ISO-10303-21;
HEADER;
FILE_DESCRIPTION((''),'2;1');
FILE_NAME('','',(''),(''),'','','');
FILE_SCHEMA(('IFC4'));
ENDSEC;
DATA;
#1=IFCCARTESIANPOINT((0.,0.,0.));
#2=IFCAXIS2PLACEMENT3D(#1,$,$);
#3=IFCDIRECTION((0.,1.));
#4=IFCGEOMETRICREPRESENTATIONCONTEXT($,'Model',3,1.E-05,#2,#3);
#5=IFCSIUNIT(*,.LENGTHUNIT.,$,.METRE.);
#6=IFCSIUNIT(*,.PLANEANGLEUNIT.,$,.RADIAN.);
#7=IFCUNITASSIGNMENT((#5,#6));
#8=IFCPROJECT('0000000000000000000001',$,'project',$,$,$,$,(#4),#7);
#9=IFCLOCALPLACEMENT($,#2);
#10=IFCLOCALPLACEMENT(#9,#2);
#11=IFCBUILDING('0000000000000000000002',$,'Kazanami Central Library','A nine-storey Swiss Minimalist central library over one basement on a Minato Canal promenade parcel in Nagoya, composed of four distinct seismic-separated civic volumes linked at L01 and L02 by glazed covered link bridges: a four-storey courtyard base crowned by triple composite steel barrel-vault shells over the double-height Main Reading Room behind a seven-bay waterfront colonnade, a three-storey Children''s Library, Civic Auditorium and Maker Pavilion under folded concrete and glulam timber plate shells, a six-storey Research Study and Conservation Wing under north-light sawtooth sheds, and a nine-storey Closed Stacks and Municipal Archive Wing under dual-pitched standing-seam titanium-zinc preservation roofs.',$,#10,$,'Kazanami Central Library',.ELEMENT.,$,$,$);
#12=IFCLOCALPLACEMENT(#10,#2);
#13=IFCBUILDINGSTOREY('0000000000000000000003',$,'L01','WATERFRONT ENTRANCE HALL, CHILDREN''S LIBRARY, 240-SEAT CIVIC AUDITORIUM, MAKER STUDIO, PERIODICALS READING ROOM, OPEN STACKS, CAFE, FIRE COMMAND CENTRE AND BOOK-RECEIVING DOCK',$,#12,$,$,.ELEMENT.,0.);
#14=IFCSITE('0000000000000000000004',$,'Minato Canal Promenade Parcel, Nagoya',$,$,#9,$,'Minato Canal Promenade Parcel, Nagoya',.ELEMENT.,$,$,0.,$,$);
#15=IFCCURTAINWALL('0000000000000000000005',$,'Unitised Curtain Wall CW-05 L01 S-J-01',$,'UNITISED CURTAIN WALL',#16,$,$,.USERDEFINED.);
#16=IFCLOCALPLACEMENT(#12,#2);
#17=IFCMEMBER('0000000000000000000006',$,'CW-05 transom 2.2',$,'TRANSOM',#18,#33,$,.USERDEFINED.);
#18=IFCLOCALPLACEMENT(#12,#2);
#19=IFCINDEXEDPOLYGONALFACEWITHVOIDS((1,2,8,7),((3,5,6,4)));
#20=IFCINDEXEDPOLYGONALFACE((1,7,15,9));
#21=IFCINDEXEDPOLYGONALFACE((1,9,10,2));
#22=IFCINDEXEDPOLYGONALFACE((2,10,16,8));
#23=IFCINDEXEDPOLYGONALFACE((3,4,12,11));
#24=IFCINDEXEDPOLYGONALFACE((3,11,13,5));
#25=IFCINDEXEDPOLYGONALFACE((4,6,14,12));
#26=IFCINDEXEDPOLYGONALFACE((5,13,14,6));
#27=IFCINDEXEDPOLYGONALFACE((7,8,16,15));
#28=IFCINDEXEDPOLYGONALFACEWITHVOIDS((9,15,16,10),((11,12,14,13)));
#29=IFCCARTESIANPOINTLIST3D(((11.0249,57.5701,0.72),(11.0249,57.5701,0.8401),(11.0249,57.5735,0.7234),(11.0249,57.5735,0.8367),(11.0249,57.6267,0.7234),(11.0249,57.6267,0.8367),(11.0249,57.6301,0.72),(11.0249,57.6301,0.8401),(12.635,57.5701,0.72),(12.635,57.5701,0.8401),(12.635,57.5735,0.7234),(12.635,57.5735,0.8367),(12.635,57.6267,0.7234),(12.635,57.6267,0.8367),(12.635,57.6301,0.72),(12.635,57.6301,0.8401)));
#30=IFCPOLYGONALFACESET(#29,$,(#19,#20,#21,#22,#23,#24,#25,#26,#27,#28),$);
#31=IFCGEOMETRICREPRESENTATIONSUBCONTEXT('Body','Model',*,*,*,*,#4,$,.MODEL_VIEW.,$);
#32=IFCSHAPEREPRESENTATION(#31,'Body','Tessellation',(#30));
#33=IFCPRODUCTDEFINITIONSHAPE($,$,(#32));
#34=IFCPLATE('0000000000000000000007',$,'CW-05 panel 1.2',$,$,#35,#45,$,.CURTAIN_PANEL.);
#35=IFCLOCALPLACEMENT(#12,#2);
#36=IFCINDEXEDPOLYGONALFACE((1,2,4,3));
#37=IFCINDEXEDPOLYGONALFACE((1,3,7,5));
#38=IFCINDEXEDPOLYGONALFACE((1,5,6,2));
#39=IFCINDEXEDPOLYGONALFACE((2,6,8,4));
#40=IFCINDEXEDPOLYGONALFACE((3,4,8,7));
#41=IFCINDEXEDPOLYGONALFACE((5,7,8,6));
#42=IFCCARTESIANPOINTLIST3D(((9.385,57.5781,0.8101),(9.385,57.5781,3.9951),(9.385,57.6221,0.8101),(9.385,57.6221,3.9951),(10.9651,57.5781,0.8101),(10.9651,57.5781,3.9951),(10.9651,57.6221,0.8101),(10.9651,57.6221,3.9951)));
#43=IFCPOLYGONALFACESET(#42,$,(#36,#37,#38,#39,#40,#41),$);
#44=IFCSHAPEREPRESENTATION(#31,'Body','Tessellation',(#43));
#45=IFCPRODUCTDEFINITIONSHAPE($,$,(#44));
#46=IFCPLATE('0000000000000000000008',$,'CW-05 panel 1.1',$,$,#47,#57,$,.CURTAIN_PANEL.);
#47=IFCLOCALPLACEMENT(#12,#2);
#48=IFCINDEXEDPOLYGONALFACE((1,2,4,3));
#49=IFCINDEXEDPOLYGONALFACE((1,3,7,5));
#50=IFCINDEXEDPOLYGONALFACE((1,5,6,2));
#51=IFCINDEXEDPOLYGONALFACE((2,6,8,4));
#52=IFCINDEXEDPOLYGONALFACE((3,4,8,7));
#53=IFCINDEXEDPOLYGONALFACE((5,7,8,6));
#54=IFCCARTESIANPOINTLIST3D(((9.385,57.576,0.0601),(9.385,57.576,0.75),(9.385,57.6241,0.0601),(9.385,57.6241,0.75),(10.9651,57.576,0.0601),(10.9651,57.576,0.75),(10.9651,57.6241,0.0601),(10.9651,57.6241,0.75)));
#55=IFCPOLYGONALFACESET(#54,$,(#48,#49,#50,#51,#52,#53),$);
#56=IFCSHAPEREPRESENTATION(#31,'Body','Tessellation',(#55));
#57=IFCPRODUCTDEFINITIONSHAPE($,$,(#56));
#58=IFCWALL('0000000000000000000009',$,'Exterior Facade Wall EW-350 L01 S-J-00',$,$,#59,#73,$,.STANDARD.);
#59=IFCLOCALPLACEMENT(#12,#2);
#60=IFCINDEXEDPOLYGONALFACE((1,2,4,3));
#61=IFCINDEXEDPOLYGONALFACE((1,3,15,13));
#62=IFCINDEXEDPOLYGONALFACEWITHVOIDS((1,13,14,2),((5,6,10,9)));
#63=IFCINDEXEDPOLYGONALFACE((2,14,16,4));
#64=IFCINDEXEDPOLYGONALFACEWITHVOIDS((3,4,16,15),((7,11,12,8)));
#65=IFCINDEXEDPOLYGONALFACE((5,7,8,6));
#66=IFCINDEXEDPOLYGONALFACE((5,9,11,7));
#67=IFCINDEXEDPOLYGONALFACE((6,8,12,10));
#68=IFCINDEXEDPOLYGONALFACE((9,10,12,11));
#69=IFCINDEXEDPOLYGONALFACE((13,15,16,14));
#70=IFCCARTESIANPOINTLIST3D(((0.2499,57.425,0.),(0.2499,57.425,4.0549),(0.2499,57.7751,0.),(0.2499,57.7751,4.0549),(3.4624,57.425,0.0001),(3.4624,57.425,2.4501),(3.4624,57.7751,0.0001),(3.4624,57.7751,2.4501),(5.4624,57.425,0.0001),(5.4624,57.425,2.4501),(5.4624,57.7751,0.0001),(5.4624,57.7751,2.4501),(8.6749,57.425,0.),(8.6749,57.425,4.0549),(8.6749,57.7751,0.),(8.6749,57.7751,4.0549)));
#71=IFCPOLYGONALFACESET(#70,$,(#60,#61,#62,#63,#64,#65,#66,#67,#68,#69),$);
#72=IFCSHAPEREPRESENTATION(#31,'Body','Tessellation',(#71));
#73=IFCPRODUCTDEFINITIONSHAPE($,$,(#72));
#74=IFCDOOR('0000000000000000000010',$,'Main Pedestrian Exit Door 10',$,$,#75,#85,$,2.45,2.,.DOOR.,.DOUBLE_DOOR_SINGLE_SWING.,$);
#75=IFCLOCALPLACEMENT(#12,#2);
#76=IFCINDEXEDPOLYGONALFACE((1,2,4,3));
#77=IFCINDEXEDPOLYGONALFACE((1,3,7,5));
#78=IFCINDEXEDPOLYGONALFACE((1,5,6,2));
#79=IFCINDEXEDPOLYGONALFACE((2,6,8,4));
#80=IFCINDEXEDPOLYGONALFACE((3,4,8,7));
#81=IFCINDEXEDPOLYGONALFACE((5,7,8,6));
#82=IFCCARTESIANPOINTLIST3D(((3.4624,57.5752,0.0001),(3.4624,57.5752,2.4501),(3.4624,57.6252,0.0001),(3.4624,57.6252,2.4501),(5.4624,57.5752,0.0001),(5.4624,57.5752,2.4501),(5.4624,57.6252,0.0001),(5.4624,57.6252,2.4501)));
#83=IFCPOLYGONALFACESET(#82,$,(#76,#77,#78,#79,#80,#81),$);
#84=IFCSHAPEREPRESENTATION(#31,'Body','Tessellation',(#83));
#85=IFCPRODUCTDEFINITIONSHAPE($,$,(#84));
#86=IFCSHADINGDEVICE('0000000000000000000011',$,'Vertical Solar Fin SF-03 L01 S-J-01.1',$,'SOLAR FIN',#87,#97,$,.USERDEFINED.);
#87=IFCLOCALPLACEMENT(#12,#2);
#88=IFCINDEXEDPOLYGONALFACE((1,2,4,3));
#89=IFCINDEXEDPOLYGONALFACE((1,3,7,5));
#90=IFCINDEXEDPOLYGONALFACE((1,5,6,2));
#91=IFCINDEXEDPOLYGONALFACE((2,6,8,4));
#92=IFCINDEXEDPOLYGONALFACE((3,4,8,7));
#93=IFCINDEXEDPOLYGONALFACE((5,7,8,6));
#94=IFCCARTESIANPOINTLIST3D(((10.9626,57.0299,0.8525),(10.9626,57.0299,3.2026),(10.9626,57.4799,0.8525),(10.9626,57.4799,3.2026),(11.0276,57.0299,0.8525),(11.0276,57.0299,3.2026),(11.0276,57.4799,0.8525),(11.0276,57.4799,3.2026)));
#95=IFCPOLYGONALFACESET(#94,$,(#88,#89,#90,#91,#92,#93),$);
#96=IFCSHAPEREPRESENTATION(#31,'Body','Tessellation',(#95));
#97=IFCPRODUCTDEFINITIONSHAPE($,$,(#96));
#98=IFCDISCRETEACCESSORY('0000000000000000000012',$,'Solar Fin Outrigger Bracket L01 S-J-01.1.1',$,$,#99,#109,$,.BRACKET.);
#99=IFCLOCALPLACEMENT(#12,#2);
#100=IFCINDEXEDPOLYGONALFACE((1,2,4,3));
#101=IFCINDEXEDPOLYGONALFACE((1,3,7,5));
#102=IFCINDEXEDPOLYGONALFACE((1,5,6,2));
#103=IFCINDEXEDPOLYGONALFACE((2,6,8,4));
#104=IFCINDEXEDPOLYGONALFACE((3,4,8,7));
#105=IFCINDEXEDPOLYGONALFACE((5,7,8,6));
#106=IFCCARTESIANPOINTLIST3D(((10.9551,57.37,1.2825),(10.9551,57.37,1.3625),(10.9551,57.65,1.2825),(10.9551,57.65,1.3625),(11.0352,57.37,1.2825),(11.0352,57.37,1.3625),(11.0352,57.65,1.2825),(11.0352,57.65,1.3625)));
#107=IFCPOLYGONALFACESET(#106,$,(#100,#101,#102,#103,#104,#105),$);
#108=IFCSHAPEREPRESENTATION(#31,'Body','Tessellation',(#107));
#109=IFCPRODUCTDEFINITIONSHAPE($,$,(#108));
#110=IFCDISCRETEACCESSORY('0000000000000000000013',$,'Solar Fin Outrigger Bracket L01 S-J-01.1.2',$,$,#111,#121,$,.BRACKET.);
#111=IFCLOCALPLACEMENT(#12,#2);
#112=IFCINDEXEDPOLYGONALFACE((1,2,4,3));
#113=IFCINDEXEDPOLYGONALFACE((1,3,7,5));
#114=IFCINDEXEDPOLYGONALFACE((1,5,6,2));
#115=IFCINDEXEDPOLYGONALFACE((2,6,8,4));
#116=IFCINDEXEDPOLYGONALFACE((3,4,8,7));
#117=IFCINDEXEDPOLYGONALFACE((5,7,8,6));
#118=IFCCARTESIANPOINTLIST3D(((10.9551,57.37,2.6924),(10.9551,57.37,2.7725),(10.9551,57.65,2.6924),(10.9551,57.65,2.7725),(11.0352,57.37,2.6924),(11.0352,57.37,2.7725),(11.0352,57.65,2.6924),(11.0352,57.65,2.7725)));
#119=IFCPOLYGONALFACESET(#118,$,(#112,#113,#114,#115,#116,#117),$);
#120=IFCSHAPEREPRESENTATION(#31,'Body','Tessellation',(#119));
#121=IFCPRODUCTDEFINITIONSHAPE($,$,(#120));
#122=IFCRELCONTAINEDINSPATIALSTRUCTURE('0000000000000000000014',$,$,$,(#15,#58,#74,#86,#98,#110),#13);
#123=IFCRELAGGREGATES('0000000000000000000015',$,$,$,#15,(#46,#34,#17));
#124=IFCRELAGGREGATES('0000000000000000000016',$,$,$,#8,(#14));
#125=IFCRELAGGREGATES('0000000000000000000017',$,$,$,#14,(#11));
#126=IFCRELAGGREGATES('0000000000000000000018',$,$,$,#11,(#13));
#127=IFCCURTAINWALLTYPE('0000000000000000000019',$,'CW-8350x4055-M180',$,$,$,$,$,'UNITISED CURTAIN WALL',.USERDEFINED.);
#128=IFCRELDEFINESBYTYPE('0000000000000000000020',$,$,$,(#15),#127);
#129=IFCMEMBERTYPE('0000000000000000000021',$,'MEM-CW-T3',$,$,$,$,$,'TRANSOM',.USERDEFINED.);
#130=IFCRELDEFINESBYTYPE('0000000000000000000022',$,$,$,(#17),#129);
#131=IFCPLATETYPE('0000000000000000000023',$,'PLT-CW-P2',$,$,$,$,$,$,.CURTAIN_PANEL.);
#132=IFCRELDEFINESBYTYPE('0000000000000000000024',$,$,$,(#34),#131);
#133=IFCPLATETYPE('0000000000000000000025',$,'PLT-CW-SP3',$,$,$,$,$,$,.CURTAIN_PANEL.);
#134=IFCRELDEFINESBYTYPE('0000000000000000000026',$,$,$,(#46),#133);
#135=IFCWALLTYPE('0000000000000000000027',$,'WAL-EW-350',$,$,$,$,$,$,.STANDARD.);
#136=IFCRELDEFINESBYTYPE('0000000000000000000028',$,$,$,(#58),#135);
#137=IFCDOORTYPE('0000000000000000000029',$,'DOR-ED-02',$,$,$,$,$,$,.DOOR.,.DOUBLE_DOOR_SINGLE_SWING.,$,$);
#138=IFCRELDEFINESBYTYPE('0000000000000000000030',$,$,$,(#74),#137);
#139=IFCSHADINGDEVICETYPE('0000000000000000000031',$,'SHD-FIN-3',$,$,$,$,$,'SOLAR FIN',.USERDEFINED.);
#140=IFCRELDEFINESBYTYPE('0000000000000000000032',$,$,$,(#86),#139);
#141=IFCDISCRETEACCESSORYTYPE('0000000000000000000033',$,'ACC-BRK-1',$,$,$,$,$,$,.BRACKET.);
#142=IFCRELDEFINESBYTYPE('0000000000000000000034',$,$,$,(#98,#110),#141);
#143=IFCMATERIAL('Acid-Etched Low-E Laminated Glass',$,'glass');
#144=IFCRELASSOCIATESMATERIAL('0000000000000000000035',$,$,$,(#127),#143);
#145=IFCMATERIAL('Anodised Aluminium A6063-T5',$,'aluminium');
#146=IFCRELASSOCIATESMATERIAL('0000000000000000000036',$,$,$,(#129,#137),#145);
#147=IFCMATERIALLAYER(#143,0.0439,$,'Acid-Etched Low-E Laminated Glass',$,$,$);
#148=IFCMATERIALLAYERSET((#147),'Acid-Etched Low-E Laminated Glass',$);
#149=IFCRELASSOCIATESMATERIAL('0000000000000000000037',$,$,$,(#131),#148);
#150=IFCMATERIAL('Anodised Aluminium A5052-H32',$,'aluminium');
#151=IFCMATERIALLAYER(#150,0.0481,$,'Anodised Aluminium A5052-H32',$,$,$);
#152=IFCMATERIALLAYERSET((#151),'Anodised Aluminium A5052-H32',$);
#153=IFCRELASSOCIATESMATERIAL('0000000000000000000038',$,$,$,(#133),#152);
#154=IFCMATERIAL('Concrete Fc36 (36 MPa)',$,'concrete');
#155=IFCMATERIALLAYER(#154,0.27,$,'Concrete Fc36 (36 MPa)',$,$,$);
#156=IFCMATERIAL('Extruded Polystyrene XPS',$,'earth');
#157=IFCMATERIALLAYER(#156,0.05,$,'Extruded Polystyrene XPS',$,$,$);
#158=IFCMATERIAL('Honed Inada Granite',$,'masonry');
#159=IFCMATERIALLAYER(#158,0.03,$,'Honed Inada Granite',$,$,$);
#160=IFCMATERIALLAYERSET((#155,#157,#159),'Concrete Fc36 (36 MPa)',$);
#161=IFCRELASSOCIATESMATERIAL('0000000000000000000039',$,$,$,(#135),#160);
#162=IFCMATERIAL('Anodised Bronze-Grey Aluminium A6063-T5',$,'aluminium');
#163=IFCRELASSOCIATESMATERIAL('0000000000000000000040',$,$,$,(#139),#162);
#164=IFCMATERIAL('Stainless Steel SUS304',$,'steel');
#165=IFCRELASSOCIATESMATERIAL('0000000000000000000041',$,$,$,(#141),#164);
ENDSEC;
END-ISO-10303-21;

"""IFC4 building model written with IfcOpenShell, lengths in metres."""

from ifc_helpers import new_model, si_unit, direction, frame, frame_2d, origin, origin_2d, place, context, subcontext, project, spatial, rectangle, hollow_rectangle, extrude, material, layer, layer_set, material_profile, profile_set, type_object, element, fill, aggregate, save


model = new_model("IFC4")

# Units and contexts
model_context = context("Model", 3, precision=1e-05, world=origin(), true_north=direction((0.0, 1.0)))
body_context = subcontext(model_context, "Body", "Model", "MODEL_VIEW")
ifc_project = project(units=[si_unit("LENGTHUNIT", "METRE"), si_unit("PLANEANGLEUNIT", "RADIAN")], contexts=[model_context])

# Site, building, storey
site_placement = place(None, origin())
site = spatial("IfcSite", under=ifc_project, at=site_placement, Name="Minato Canal Promenade Parcel, Nagoya", LongName="Minato Canal Promenade Parcel, Nagoya", CompositionType="ELEMENT", RefElevation=0.0)
building_placement = place(site_placement, origin())
building = spatial("IfcBuilding", under=site, at=building_placement, Name="Kazanami Central Library", Description="A nine-storey Swiss Minimalist central library over one basement on a Minato Canal promenade parcel in Nagoya, composed of four distinct seismic-separated civic volumes linked at L01 and L02 by glazed covered link bridges: a four-storey courtyard base crowned by triple composite steel barrel-vault shells over the double-height Main Reading Room behind a seven-bay waterfront colonnade, a three-storey Children's Library, Civic Auditorium and Maker Pavilion under folded concrete and glulam timber plate shells, a six-storey Research Study and Conservation Wing under north-light sawtooth sheds, and a nine-storey Closed Stacks and Municipal Archive Wing under dual-pitched standing-seam titanium-zinc preservation roofs.", LongName="Kazanami Central Library", CompositionType="ELEMENT")
storey_placement = place(building_placement, origin())
storey = spatial("IfcBuildingStorey", under=building, at=storey_placement, Name="L01", Description="WATERFRONT ENTRANCE HALL, CHILDREN'S LIBRARY, 240-SEAT CIVIC AUDITORIUM, MAKER STUDIO, PERIODICALS READING ROOM, OPEN STACKS, CAFE, FIRE COMMAND CENTRE AND BOOK-RECEIVING DOCK", CompositionType="ELEMENT", Elevation=0.0)

# Curtain wall, member, plates
ifc_material_1 = material(Name="Acid-Etched Low-E Laminated Glass", Category="glass")
curtain_wall_type = type_object("IfcCurtainWallType", Name="CW-8350x4055-M180", ElementType="UNITISED CURTAIN WALL", PredefinedType="USERDEFINED", material=ifc_material_1)
curtain_wall_placement = place(storey_placement, origin())
curtain_wall = element("IfcCurtainWall", 1, at=curtain_wall_placement, inside=storey, type_object=curtain_wall_type, Name="Unitised Curtain Wall CW-05 L01 S-J-01", ObjectType="UNITISED CURTAIN WALL", PredefinedType="USERDEFINED")
ifc_material_2 = material(Name="Anodised Aluminium A6063-T5", Category="aluminium")
ifc_material_profile_1 = material_profile(ifc_material_2, hollow_rectangle(XDim=0.0601, YDim=0.1201, WallThickness=0.0034, at=origin_2d()), Name="ALU-TRAN-60x120x3.5")
ifc_profile_set_1 = profile_set([ifc_material_profile_1], Name="Anodised Aluminium A6063-T5")
member_type_1 = type_object("IfcMemberType", Name="MEM-CW-T3", ElementType="TRANSOM", PredefinedType="USERDEFINED", material=ifc_profile_set_1)
member_1_placement = place(storey_placement, frame((11.0249, 57.6001, 0.78), z_axis=(1.0, 0.0, 0.0), x_axis=(0.0, 1.0, 0.0)))
member_1 = element("IfcMember", 2, at=member_1_placement, type_object=member_type_1, Name="CW-05 transom 2.2", ObjectType="TRANSOM", PredefinedType="USERDEFINED", context=body_context, shape_type="SweptSolid", body=[
    extrude(hollow_rectangle(XDim=0.0601, YDim=0.1201, WallThickness=0.0034, at=origin_2d()), origin(), (0.0, 0.0, 1.0), 1.6101),
])
ifc_layer_1 = layer(ifc_material_1, 0.0439, Name="Acid-Etched Low-E Laminated Glass")
ifc_layer_set_1 = layer_set([ifc_layer_1], Name="Acid-Etched Low-E Laminated Glass")
plate_type_1 = type_object("IfcPlateType", Name="PLT-CW-P2", PredefinedType="CURTAIN_PANEL", material=ifc_layer_set_1)
plate_1_placement = place(storey_placement, frame((10.175, 57.6001, 0.8101), z_axis=(0.0, 0.0, 1.0), x_axis=(1.0, 0.0, 0.0)))
plate_1 = element("IfcPlate", 3, at=plate_1_placement, type_object=plate_type_1, Name="CW-05 panel 1.2", PredefinedType="CURTAIN_PANEL", context=body_context, shape_type="SweptSolid", body=[
    extrude(rectangle(XDim=1.5801, YDim=0.0439, at=origin_2d()), origin(), (0.0, 0.0, 1.0), 3.1851),
])
ifc_material_3 = material(Name="Anodised Aluminium A5052-H32", Category="aluminium")
ifc_layer_2 = layer(ifc_material_3, 0.0481, Name="Anodised Aluminium A5052-H32")
ifc_layer_set_2 = layer_set([ifc_layer_2], Name="Anodised Aluminium A5052-H32")
plate_type_2 = type_object("IfcPlateType", Name="PLT-CW-SP3", PredefinedType="CURTAIN_PANEL", material=ifc_layer_set_2)
plate_2_placement = place(storey_placement, frame((10.175, 57.6001, 0.0601), z_axis=(0.0, 0.0, 1.0), x_axis=(1.0, 0.0, 0.0)))
plate_2 = element("IfcPlate", 4, at=plate_2_placement, type_object=plate_type_2, Name="CW-05 panel 1.1", PredefinedType="CURTAIN_PANEL", context=body_context, shape_type="SweptSolid", body=[
    extrude(rectangle(XDim=1.5801, YDim=0.0481, at=origin_2d()), origin(), (0.0, 0.0, 1.0), 0.6899),
])
aggregate(curtain_wall, [plate_2, plate_1, member_1])

# Wall, opening, door
ifc_material_4 = material(Name="Concrete Fc36 (36 MPa)", Category="concrete")
ifc_layer_3 = layer(ifc_material_4, 0.27, Name="Concrete Fc36 (36 MPa)")
ifc_material_5 = material(Name="Extruded Polystyrene XPS", Category="earth")
ifc_layer_4 = layer(ifc_material_5, 0.05, Name="Extruded Polystyrene XPS")
ifc_material_6 = material(Name="Honed Inada Granite", Category="masonry")
ifc_layer_5 = layer(ifc_material_6, 0.03, Name="Honed Inada Granite")
ifc_layer_set_3 = layer_set([ifc_layer_3, ifc_layer_4, ifc_layer_5], Name="Concrete Fc36 (36 MPa)")
wall_type = type_object("IfcWallType", Name="WAL-EW-350", PredefinedType="STANDARD", material=ifc_layer_set_3)
wall_placement = place(storey_placement, frame((0.25, 57.6001, 0.0), z_axis=(0.0, 0.0, 1.0), x_axis=(1.0, 0.0, 0.0)))
wall = element("IfcWall", 5, at=wall_placement, inside=storey, type_object=wall_type, Name="Exterior Facade Wall EW-350 L01 S-J-00", PredefinedType="STANDARD", context=body_context, shape_type="SweptSolid", body=[
    extrude(rectangle(XDim=8.425, YDim=0.3501, at=frame_2d((4.2124, 0.0))), origin(), (0.0, 0.0, 1.0), 4.0549),
])
opening_placement = place(wall_placement, frame((3.2124, 0.0, 0.0)))
opening = element("IfcOpeningElement", 6, at=opening_placement, cuts=wall, PredefinedType="OPENING", context=body_context, shape_type="SweptSolid", body=[
    extrude(rectangle(XDim=2.0, YDim=2.45, at=frame_2d((1.0, 1.2251))), frame((0.0, 0.187, 0.0), z_axis=(0.0, -1.0, 0.0), x_axis=(1.0, 0.0, 0.0)), (0.0, 0.0, 1.0), 0.374),
])
door_type = type_object("IfcDoorType", Name="DOR-ED-02", OperationType="DOUBLE_DOOR_SINGLE_SWING", PredefinedType="DOOR", material=ifc_material_2)
door_placement = place(opening_placement, frame((2.0, 0.0, 0.0), z_axis=(0.0, 0.0, 1.0), x_axis=(-1.0, 0.0, 0.0)))
door = element("IfcDoor", 7, at=door_placement, inside=storey, type_object=door_type, Name="Main Pedestrian Exit Door 10", OperationType="DOUBLE_DOOR_SINGLE_SWING", OverallHeight=2.45, OverallWidth=2.0, PredefinedType="DOOR", context=body_context, shape_type="SweptSolid", body=[
    extrude(rectangle(XDim=2.0, YDim=2.45, at=frame_2d((1.0, 1.2251))), frame((0.0, 0.0249, 0.0), z_axis=(0.0, -1.0, 0.0), x_axis=(1.0, 0.0, 0.0)), (0.0, 0.0, 1.0), 0.05),
])
fill(opening, door)

# Shading device
ifc_material_7 = material(Name="Anodised Bronze-Grey Aluminium A6063-T5", Category="aluminium")
shading_device_type = type_object("IfcShadingDeviceType", Name="SHD-FIN-3", ElementType="SOLAR FIN", PredefinedType="USERDEFINED", material=ifc_material_7)
shading_device_placement = place(storey_placement, frame((10.9951, 57.2549, 0.8525), z_axis=(0.0, 0.0, 1.0), x_axis=(1.0, 0.0, 0.0)))
element("IfcShadingDevice", 8, at=shading_device_placement, inside=storey, type_object=shading_device_type, Name="Vertical Solar Fin SF-03 L01 S-J-01.1", ObjectType="SOLAR FIN", PredefinedType="USERDEFINED", context=body_context, shape_type="SweptSolid", body=[
    extrude(rectangle(XDim=0.0649, YDim=0.45, at=origin_2d()), origin(), (0.0, 0.0, 1.0), 2.3501),
])

# Discrete accessories
ifc_material_8 = material(Name="Stainless Steel SUS304", Category="steel")
discrete_accessory_type = type_object("IfcDiscreteAccessoryType", Name="ACC-BRK-1", PredefinedType="BRACKET", material=ifc_material_8)
for number, where, z_axis, x_axis, name in (
    (9, (10.9951, 57.51, 1.2825), (0.0, 0.0, 1.0), (1.0, 0.0, 0.0), "Solar Fin Outrigger Bracket L01 S-J-01.1.1"),
    (10, (10.9951, 57.51, 2.6924), (0.0, 0.0, 1.0), (1.0, 0.0, 0.0), "Solar Fin Outrigger Bracket L01 S-J-01.1.2"),
):
    element("IfcDiscreteAccessory", number, at=place(storey_placement, frame(where, z_axis=z_axis, x_axis=x_axis)), inside=storey, type_object=discrete_accessory_type, Name=name, PredefinedType="BRACKET", context=body_context, shape_type="SweptSolid", body=[
        extrude(rectangle(XDim=0.0801, YDim=0.28, at=origin_2d()), origin(), (0.0, 0.0, 1.0), 0.0801),
    ])

save(model, "model.ifc")
